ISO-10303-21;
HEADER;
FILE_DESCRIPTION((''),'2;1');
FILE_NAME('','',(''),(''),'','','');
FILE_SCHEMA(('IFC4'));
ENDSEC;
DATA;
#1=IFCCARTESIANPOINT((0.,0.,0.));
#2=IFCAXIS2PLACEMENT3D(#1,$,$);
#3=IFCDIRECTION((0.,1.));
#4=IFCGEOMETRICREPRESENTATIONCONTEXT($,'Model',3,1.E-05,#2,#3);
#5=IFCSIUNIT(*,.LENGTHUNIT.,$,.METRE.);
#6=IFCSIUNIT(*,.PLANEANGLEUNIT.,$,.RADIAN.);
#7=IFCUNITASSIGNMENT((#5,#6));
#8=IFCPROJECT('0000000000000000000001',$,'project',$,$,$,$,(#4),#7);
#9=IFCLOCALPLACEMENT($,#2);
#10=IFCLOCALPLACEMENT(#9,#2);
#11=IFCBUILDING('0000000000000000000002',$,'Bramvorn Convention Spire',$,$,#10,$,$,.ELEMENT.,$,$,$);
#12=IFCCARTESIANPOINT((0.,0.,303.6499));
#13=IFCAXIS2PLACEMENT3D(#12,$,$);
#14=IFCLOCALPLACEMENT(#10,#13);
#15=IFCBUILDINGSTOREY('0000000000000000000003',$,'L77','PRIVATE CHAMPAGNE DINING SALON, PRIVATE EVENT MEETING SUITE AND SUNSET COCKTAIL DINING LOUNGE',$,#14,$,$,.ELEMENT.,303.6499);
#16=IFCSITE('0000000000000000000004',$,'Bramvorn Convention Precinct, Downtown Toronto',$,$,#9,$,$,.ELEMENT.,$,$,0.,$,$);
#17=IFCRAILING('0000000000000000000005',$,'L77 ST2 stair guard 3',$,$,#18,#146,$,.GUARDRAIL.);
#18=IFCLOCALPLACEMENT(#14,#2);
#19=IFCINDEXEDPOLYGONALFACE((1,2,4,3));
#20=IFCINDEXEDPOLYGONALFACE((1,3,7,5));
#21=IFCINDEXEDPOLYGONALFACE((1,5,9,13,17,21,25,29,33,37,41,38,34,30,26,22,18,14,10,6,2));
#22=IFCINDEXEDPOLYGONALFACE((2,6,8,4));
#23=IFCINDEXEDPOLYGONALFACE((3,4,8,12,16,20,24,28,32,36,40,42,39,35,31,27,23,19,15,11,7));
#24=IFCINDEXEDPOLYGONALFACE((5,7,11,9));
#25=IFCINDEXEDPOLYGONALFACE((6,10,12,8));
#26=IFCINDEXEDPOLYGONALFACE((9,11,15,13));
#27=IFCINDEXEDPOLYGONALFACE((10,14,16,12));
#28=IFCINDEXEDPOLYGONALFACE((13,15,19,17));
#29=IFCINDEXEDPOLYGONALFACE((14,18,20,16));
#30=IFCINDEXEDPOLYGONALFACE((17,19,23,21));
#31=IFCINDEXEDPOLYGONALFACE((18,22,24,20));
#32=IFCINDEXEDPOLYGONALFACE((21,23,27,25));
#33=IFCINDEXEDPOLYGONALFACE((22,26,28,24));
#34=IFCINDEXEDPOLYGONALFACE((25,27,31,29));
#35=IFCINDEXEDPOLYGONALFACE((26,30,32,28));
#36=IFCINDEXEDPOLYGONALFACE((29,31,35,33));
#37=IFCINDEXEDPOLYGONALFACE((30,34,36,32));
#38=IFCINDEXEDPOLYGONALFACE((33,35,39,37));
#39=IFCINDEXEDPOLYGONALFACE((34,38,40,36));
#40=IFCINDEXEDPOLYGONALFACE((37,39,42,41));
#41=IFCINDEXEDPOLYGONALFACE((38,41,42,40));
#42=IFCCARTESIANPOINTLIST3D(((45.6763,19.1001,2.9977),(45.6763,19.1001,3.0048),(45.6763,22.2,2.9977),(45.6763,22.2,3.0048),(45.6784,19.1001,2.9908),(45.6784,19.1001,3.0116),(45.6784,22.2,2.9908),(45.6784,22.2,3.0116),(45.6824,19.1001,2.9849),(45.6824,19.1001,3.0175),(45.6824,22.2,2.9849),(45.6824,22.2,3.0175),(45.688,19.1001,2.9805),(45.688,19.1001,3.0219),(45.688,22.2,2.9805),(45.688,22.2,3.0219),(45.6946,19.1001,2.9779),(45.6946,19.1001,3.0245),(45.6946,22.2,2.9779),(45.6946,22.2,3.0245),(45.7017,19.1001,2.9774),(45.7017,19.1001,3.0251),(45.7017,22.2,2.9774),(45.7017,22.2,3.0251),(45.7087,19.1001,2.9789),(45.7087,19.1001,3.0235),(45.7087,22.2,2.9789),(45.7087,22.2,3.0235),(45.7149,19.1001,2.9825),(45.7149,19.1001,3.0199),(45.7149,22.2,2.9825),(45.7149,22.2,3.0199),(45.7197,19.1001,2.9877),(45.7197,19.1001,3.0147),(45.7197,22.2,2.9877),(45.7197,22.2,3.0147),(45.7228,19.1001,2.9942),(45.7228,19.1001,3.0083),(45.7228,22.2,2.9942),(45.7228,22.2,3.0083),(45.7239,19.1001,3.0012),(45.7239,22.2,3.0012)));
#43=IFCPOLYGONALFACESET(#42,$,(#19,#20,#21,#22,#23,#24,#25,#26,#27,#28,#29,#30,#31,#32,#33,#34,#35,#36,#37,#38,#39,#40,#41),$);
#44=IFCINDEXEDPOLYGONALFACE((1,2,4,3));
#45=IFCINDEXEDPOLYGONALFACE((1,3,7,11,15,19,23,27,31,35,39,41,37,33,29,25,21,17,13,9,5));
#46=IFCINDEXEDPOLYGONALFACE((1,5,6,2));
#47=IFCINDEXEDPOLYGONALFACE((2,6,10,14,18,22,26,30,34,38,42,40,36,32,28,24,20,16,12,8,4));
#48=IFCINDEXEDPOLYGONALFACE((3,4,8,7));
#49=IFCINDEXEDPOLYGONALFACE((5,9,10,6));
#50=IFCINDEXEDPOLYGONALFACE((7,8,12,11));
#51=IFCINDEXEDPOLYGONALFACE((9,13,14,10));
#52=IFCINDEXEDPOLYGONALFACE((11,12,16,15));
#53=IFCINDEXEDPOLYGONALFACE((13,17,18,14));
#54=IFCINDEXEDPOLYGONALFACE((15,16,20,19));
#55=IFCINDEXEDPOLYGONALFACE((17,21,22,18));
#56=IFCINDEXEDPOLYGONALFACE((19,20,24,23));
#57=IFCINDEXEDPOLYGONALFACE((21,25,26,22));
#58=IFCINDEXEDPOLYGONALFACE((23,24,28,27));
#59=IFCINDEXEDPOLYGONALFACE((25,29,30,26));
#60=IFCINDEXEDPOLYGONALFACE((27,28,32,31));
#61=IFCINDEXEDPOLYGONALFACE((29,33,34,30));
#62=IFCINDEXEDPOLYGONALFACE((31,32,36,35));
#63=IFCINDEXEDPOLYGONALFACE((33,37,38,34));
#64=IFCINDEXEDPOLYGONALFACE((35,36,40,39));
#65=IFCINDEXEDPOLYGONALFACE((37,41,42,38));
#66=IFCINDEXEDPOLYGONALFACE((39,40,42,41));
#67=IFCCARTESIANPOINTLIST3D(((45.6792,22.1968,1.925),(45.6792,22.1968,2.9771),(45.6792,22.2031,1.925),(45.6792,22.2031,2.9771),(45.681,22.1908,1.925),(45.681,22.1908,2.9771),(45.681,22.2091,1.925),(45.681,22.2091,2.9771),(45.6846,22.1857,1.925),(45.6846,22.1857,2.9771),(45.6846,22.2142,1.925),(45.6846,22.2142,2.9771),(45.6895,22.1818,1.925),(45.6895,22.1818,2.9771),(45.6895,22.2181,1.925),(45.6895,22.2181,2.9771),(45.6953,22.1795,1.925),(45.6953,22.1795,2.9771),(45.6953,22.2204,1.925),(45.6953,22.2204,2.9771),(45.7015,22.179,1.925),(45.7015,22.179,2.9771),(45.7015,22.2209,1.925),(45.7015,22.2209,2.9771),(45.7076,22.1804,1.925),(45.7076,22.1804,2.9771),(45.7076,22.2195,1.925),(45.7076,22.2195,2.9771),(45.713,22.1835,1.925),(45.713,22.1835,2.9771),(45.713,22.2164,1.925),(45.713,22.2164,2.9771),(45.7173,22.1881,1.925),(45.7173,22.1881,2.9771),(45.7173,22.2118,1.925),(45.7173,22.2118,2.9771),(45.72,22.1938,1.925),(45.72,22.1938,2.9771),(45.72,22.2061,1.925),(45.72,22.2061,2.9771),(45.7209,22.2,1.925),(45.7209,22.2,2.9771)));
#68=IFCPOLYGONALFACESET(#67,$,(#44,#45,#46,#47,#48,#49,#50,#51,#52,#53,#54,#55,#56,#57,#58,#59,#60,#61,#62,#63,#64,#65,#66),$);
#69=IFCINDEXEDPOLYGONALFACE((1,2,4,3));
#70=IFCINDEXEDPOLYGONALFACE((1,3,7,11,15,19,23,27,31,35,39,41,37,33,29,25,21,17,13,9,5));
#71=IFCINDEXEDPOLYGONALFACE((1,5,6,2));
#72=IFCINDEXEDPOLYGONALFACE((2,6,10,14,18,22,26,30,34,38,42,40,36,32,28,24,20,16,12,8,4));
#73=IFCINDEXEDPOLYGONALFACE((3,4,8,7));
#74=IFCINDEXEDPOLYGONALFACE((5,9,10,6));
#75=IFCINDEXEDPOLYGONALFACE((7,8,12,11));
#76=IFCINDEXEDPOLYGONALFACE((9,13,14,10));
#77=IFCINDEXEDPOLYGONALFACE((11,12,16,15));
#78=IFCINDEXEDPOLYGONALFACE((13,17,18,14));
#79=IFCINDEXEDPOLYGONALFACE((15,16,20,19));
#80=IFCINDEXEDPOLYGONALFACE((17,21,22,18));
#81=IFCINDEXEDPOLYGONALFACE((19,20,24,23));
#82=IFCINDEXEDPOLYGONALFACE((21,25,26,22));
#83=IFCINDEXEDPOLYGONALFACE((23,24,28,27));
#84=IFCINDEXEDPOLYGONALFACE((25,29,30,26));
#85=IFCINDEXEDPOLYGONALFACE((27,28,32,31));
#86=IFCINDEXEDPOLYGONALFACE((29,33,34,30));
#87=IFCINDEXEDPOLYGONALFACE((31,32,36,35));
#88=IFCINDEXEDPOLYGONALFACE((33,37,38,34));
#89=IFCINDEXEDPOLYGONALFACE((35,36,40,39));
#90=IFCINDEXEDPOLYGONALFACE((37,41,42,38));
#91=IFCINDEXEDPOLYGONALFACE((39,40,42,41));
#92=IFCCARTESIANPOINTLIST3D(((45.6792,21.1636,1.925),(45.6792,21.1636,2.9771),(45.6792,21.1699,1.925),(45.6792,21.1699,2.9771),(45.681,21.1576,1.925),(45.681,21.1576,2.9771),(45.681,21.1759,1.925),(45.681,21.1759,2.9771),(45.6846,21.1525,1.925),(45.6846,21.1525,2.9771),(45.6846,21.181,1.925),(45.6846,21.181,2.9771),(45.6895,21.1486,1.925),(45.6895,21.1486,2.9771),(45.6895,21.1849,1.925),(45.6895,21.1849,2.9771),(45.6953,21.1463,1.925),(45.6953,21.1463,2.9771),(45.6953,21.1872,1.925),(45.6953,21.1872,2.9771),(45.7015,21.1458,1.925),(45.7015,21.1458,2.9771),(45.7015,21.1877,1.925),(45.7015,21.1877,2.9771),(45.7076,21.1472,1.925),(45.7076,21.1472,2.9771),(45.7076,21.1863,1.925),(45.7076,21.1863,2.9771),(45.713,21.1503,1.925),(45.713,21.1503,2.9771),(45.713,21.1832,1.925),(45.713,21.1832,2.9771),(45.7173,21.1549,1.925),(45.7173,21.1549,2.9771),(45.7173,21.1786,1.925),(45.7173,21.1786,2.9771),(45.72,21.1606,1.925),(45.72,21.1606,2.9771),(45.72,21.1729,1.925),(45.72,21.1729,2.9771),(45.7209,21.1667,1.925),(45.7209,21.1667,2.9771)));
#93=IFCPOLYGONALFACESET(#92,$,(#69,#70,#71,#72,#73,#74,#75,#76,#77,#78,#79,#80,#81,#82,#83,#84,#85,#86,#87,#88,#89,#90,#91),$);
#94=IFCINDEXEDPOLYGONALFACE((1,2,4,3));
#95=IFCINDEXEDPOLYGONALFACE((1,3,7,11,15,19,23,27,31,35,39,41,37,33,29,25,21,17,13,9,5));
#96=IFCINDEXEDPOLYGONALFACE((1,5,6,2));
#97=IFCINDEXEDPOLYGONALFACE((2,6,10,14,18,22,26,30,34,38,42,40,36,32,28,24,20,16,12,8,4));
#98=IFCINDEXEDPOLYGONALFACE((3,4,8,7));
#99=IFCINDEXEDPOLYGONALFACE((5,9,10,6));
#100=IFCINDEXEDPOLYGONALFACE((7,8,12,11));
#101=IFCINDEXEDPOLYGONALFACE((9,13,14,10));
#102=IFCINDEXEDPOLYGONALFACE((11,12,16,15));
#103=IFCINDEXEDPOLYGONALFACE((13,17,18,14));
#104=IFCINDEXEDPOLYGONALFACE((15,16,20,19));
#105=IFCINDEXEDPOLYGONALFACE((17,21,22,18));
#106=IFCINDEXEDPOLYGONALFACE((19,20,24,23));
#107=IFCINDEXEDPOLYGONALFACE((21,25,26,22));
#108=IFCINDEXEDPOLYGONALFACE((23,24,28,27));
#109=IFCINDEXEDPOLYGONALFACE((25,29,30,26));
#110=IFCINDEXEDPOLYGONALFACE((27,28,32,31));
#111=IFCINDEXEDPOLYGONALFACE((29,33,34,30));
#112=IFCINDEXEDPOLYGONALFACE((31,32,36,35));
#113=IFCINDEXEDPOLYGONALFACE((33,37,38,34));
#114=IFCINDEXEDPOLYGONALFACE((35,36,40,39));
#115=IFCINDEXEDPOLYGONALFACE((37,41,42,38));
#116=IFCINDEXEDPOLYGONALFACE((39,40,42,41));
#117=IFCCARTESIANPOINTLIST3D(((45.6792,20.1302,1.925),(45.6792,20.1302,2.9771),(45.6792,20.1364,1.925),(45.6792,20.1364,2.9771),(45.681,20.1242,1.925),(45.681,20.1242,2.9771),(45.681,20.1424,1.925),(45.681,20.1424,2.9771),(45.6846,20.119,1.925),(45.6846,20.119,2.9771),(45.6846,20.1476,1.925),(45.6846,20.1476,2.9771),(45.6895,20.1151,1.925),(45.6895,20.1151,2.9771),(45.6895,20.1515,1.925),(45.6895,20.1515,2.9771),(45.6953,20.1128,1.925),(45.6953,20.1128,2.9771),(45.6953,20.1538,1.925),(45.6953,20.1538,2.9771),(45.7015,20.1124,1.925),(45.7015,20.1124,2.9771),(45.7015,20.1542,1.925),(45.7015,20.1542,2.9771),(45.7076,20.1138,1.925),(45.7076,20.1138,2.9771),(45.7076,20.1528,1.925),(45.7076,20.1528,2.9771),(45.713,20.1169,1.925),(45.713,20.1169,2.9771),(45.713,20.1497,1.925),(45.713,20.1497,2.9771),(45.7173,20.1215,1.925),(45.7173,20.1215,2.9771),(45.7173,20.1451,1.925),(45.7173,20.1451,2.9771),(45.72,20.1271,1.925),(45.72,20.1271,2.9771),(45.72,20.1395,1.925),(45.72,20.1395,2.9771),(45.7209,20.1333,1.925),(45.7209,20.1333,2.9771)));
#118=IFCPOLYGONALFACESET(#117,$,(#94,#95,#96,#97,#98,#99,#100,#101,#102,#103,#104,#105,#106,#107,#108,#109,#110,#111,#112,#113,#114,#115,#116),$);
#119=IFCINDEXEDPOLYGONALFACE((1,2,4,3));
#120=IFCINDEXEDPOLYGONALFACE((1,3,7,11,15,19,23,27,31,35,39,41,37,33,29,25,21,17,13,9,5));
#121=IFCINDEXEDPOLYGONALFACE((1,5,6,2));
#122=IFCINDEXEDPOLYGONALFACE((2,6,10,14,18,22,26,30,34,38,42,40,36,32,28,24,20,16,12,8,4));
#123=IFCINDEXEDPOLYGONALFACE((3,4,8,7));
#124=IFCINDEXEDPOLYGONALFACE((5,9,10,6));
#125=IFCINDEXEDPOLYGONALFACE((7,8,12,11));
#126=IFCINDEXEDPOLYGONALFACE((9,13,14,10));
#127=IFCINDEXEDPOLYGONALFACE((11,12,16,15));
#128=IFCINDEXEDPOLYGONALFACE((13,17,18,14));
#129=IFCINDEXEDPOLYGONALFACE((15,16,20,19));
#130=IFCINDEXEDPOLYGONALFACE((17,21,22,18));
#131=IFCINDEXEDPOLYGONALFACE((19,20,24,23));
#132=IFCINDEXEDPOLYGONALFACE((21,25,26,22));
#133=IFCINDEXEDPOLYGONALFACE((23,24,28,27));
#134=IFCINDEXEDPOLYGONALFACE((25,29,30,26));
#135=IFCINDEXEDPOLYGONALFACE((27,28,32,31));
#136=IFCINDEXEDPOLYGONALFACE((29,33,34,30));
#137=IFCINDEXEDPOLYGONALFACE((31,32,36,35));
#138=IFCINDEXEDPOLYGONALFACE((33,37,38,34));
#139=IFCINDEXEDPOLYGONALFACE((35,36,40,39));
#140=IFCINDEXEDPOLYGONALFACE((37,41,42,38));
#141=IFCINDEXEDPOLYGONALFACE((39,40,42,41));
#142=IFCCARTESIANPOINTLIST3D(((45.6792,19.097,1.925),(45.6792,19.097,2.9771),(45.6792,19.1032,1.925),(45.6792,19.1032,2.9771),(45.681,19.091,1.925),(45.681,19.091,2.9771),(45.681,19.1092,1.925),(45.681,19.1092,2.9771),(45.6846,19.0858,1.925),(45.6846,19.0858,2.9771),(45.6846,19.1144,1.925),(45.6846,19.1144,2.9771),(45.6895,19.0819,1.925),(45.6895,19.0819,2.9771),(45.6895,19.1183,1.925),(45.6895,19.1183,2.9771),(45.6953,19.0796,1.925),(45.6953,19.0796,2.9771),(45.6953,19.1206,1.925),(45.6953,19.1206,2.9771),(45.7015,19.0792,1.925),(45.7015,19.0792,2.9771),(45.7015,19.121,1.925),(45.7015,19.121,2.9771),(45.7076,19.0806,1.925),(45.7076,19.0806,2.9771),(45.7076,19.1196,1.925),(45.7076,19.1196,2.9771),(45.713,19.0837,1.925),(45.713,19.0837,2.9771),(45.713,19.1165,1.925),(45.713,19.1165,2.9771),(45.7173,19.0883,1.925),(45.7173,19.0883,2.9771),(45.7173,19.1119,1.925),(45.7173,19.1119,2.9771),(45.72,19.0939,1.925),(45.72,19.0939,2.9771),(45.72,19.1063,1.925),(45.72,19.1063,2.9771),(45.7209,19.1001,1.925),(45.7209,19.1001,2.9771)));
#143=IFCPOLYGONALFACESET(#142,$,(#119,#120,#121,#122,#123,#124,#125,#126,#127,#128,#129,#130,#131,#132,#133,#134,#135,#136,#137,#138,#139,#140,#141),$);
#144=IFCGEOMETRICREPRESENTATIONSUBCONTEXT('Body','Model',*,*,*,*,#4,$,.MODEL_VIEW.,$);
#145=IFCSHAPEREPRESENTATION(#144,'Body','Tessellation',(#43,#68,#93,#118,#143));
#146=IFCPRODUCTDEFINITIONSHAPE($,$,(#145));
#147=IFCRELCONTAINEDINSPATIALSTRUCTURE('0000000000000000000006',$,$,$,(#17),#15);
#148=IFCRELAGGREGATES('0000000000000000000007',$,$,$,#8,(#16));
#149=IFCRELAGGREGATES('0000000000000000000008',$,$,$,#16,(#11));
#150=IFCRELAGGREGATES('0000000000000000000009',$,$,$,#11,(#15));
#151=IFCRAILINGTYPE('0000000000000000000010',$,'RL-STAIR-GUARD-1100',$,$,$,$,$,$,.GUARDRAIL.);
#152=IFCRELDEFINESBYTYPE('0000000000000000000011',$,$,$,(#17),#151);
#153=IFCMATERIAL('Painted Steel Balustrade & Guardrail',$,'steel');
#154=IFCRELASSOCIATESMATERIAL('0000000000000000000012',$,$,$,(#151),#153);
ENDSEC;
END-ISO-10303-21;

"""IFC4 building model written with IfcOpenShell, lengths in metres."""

from ifc_helpers import new_model, si_unit, direction, frame, origin, origin_2d, place, context, subcontext, project, spatial, circle, extrude, material, type_object, element, save


model = new_model("IFC4")

# Units and contexts
model_context = context("Model", 3, precision=1e-05, world=origin(), true_north=direction((0.0, 1.0)))
body_context = subcontext(model_context, "Body", "Model", "MODEL_VIEW")
ifc_project = project(units=[si_unit("LENGTHUNIT", "METRE"), si_unit("PLANEANGLEUNIT", "RADIAN")], contexts=[model_context])

# Site, building, storey
site_placement = place(None, origin())
site = spatial("IfcSite", under=ifc_project, at=site_placement, Name="Bramvorn Convention Precinct, Downtown Toronto", CompositionType="ELEMENT", RefElevation=0.0)
building_placement = place(site_placement, origin())
building = spatial("IfcBuilding", under=site, at=building_placement, Name="Bramvorn Convention Spire", CompositionType="ELEMENT")
storey_placement = place(building_placement, frame((0.0, 0.0, 303.6499)))
storey = spatial("IfcBuildingStorey", under=building, at=storey_placement, Name="L77", Description="PRIVATE CHAMPAGNE DINING SALON, PRIVATE EVENT MEETING SUITE AND SUNSET COCKTAIL DINING LOUNGE", CompositionType="ELEMENT", Elevation=303.6499)

# Railing
ifc_material_1 = material(Name="Painted Steel Balustrade & Guardrail", Category="steel")
railing_type_1 = type_object("IfcRailingType", Name="RL-STAIR-GUARD-1100", PredefinedType="GUARDRAIL", material=ifc_material_1)
railing_1_placement = place(storey_placement, frame((45.7, 22.2, 1.925)))
element("IfcRailing", 1, at=railing_1_placement, inside=storey, type_object=railing_type_1, Name="L77 ST2 stair guard 3", PredefinedType="GUARDRAIL", context=body_context, shape_type="SweptSolid", body=[
    extrude(circle(Radius=0.0239, at=origin_2d()), frame((0.0, 0.0, 1.0762), z_axis=(0.0, -1.0, 0.0), x_axis=(1.0, 0.0, 0.0)), (0.0, 0.0, 1.0), 3.0999),
    extrude(circle(Radius=0.021, at=origin_2d()), origin(), (0.0, 0.0, 1.0), 1.052),
    extrude(circle(Radius=0.021, at=origin_2d()), frame((0.0, -1.0332, 0.0)), (0.0, 0.0, 1.0), 1.052),
    extrude(circle(Radius=0.021, at=origin_2d()), frame((0.0, -2.0667, 0.0)), (0.0, 0.0, 1.0), 1.052),
    extrude(circle(Radius=0.021, at=origin_2d()), frame((0.0, -3.0999, 0.0)), (0.0, 0.0, 1.0), 1.052),
])

save(model, "model.ifc")
